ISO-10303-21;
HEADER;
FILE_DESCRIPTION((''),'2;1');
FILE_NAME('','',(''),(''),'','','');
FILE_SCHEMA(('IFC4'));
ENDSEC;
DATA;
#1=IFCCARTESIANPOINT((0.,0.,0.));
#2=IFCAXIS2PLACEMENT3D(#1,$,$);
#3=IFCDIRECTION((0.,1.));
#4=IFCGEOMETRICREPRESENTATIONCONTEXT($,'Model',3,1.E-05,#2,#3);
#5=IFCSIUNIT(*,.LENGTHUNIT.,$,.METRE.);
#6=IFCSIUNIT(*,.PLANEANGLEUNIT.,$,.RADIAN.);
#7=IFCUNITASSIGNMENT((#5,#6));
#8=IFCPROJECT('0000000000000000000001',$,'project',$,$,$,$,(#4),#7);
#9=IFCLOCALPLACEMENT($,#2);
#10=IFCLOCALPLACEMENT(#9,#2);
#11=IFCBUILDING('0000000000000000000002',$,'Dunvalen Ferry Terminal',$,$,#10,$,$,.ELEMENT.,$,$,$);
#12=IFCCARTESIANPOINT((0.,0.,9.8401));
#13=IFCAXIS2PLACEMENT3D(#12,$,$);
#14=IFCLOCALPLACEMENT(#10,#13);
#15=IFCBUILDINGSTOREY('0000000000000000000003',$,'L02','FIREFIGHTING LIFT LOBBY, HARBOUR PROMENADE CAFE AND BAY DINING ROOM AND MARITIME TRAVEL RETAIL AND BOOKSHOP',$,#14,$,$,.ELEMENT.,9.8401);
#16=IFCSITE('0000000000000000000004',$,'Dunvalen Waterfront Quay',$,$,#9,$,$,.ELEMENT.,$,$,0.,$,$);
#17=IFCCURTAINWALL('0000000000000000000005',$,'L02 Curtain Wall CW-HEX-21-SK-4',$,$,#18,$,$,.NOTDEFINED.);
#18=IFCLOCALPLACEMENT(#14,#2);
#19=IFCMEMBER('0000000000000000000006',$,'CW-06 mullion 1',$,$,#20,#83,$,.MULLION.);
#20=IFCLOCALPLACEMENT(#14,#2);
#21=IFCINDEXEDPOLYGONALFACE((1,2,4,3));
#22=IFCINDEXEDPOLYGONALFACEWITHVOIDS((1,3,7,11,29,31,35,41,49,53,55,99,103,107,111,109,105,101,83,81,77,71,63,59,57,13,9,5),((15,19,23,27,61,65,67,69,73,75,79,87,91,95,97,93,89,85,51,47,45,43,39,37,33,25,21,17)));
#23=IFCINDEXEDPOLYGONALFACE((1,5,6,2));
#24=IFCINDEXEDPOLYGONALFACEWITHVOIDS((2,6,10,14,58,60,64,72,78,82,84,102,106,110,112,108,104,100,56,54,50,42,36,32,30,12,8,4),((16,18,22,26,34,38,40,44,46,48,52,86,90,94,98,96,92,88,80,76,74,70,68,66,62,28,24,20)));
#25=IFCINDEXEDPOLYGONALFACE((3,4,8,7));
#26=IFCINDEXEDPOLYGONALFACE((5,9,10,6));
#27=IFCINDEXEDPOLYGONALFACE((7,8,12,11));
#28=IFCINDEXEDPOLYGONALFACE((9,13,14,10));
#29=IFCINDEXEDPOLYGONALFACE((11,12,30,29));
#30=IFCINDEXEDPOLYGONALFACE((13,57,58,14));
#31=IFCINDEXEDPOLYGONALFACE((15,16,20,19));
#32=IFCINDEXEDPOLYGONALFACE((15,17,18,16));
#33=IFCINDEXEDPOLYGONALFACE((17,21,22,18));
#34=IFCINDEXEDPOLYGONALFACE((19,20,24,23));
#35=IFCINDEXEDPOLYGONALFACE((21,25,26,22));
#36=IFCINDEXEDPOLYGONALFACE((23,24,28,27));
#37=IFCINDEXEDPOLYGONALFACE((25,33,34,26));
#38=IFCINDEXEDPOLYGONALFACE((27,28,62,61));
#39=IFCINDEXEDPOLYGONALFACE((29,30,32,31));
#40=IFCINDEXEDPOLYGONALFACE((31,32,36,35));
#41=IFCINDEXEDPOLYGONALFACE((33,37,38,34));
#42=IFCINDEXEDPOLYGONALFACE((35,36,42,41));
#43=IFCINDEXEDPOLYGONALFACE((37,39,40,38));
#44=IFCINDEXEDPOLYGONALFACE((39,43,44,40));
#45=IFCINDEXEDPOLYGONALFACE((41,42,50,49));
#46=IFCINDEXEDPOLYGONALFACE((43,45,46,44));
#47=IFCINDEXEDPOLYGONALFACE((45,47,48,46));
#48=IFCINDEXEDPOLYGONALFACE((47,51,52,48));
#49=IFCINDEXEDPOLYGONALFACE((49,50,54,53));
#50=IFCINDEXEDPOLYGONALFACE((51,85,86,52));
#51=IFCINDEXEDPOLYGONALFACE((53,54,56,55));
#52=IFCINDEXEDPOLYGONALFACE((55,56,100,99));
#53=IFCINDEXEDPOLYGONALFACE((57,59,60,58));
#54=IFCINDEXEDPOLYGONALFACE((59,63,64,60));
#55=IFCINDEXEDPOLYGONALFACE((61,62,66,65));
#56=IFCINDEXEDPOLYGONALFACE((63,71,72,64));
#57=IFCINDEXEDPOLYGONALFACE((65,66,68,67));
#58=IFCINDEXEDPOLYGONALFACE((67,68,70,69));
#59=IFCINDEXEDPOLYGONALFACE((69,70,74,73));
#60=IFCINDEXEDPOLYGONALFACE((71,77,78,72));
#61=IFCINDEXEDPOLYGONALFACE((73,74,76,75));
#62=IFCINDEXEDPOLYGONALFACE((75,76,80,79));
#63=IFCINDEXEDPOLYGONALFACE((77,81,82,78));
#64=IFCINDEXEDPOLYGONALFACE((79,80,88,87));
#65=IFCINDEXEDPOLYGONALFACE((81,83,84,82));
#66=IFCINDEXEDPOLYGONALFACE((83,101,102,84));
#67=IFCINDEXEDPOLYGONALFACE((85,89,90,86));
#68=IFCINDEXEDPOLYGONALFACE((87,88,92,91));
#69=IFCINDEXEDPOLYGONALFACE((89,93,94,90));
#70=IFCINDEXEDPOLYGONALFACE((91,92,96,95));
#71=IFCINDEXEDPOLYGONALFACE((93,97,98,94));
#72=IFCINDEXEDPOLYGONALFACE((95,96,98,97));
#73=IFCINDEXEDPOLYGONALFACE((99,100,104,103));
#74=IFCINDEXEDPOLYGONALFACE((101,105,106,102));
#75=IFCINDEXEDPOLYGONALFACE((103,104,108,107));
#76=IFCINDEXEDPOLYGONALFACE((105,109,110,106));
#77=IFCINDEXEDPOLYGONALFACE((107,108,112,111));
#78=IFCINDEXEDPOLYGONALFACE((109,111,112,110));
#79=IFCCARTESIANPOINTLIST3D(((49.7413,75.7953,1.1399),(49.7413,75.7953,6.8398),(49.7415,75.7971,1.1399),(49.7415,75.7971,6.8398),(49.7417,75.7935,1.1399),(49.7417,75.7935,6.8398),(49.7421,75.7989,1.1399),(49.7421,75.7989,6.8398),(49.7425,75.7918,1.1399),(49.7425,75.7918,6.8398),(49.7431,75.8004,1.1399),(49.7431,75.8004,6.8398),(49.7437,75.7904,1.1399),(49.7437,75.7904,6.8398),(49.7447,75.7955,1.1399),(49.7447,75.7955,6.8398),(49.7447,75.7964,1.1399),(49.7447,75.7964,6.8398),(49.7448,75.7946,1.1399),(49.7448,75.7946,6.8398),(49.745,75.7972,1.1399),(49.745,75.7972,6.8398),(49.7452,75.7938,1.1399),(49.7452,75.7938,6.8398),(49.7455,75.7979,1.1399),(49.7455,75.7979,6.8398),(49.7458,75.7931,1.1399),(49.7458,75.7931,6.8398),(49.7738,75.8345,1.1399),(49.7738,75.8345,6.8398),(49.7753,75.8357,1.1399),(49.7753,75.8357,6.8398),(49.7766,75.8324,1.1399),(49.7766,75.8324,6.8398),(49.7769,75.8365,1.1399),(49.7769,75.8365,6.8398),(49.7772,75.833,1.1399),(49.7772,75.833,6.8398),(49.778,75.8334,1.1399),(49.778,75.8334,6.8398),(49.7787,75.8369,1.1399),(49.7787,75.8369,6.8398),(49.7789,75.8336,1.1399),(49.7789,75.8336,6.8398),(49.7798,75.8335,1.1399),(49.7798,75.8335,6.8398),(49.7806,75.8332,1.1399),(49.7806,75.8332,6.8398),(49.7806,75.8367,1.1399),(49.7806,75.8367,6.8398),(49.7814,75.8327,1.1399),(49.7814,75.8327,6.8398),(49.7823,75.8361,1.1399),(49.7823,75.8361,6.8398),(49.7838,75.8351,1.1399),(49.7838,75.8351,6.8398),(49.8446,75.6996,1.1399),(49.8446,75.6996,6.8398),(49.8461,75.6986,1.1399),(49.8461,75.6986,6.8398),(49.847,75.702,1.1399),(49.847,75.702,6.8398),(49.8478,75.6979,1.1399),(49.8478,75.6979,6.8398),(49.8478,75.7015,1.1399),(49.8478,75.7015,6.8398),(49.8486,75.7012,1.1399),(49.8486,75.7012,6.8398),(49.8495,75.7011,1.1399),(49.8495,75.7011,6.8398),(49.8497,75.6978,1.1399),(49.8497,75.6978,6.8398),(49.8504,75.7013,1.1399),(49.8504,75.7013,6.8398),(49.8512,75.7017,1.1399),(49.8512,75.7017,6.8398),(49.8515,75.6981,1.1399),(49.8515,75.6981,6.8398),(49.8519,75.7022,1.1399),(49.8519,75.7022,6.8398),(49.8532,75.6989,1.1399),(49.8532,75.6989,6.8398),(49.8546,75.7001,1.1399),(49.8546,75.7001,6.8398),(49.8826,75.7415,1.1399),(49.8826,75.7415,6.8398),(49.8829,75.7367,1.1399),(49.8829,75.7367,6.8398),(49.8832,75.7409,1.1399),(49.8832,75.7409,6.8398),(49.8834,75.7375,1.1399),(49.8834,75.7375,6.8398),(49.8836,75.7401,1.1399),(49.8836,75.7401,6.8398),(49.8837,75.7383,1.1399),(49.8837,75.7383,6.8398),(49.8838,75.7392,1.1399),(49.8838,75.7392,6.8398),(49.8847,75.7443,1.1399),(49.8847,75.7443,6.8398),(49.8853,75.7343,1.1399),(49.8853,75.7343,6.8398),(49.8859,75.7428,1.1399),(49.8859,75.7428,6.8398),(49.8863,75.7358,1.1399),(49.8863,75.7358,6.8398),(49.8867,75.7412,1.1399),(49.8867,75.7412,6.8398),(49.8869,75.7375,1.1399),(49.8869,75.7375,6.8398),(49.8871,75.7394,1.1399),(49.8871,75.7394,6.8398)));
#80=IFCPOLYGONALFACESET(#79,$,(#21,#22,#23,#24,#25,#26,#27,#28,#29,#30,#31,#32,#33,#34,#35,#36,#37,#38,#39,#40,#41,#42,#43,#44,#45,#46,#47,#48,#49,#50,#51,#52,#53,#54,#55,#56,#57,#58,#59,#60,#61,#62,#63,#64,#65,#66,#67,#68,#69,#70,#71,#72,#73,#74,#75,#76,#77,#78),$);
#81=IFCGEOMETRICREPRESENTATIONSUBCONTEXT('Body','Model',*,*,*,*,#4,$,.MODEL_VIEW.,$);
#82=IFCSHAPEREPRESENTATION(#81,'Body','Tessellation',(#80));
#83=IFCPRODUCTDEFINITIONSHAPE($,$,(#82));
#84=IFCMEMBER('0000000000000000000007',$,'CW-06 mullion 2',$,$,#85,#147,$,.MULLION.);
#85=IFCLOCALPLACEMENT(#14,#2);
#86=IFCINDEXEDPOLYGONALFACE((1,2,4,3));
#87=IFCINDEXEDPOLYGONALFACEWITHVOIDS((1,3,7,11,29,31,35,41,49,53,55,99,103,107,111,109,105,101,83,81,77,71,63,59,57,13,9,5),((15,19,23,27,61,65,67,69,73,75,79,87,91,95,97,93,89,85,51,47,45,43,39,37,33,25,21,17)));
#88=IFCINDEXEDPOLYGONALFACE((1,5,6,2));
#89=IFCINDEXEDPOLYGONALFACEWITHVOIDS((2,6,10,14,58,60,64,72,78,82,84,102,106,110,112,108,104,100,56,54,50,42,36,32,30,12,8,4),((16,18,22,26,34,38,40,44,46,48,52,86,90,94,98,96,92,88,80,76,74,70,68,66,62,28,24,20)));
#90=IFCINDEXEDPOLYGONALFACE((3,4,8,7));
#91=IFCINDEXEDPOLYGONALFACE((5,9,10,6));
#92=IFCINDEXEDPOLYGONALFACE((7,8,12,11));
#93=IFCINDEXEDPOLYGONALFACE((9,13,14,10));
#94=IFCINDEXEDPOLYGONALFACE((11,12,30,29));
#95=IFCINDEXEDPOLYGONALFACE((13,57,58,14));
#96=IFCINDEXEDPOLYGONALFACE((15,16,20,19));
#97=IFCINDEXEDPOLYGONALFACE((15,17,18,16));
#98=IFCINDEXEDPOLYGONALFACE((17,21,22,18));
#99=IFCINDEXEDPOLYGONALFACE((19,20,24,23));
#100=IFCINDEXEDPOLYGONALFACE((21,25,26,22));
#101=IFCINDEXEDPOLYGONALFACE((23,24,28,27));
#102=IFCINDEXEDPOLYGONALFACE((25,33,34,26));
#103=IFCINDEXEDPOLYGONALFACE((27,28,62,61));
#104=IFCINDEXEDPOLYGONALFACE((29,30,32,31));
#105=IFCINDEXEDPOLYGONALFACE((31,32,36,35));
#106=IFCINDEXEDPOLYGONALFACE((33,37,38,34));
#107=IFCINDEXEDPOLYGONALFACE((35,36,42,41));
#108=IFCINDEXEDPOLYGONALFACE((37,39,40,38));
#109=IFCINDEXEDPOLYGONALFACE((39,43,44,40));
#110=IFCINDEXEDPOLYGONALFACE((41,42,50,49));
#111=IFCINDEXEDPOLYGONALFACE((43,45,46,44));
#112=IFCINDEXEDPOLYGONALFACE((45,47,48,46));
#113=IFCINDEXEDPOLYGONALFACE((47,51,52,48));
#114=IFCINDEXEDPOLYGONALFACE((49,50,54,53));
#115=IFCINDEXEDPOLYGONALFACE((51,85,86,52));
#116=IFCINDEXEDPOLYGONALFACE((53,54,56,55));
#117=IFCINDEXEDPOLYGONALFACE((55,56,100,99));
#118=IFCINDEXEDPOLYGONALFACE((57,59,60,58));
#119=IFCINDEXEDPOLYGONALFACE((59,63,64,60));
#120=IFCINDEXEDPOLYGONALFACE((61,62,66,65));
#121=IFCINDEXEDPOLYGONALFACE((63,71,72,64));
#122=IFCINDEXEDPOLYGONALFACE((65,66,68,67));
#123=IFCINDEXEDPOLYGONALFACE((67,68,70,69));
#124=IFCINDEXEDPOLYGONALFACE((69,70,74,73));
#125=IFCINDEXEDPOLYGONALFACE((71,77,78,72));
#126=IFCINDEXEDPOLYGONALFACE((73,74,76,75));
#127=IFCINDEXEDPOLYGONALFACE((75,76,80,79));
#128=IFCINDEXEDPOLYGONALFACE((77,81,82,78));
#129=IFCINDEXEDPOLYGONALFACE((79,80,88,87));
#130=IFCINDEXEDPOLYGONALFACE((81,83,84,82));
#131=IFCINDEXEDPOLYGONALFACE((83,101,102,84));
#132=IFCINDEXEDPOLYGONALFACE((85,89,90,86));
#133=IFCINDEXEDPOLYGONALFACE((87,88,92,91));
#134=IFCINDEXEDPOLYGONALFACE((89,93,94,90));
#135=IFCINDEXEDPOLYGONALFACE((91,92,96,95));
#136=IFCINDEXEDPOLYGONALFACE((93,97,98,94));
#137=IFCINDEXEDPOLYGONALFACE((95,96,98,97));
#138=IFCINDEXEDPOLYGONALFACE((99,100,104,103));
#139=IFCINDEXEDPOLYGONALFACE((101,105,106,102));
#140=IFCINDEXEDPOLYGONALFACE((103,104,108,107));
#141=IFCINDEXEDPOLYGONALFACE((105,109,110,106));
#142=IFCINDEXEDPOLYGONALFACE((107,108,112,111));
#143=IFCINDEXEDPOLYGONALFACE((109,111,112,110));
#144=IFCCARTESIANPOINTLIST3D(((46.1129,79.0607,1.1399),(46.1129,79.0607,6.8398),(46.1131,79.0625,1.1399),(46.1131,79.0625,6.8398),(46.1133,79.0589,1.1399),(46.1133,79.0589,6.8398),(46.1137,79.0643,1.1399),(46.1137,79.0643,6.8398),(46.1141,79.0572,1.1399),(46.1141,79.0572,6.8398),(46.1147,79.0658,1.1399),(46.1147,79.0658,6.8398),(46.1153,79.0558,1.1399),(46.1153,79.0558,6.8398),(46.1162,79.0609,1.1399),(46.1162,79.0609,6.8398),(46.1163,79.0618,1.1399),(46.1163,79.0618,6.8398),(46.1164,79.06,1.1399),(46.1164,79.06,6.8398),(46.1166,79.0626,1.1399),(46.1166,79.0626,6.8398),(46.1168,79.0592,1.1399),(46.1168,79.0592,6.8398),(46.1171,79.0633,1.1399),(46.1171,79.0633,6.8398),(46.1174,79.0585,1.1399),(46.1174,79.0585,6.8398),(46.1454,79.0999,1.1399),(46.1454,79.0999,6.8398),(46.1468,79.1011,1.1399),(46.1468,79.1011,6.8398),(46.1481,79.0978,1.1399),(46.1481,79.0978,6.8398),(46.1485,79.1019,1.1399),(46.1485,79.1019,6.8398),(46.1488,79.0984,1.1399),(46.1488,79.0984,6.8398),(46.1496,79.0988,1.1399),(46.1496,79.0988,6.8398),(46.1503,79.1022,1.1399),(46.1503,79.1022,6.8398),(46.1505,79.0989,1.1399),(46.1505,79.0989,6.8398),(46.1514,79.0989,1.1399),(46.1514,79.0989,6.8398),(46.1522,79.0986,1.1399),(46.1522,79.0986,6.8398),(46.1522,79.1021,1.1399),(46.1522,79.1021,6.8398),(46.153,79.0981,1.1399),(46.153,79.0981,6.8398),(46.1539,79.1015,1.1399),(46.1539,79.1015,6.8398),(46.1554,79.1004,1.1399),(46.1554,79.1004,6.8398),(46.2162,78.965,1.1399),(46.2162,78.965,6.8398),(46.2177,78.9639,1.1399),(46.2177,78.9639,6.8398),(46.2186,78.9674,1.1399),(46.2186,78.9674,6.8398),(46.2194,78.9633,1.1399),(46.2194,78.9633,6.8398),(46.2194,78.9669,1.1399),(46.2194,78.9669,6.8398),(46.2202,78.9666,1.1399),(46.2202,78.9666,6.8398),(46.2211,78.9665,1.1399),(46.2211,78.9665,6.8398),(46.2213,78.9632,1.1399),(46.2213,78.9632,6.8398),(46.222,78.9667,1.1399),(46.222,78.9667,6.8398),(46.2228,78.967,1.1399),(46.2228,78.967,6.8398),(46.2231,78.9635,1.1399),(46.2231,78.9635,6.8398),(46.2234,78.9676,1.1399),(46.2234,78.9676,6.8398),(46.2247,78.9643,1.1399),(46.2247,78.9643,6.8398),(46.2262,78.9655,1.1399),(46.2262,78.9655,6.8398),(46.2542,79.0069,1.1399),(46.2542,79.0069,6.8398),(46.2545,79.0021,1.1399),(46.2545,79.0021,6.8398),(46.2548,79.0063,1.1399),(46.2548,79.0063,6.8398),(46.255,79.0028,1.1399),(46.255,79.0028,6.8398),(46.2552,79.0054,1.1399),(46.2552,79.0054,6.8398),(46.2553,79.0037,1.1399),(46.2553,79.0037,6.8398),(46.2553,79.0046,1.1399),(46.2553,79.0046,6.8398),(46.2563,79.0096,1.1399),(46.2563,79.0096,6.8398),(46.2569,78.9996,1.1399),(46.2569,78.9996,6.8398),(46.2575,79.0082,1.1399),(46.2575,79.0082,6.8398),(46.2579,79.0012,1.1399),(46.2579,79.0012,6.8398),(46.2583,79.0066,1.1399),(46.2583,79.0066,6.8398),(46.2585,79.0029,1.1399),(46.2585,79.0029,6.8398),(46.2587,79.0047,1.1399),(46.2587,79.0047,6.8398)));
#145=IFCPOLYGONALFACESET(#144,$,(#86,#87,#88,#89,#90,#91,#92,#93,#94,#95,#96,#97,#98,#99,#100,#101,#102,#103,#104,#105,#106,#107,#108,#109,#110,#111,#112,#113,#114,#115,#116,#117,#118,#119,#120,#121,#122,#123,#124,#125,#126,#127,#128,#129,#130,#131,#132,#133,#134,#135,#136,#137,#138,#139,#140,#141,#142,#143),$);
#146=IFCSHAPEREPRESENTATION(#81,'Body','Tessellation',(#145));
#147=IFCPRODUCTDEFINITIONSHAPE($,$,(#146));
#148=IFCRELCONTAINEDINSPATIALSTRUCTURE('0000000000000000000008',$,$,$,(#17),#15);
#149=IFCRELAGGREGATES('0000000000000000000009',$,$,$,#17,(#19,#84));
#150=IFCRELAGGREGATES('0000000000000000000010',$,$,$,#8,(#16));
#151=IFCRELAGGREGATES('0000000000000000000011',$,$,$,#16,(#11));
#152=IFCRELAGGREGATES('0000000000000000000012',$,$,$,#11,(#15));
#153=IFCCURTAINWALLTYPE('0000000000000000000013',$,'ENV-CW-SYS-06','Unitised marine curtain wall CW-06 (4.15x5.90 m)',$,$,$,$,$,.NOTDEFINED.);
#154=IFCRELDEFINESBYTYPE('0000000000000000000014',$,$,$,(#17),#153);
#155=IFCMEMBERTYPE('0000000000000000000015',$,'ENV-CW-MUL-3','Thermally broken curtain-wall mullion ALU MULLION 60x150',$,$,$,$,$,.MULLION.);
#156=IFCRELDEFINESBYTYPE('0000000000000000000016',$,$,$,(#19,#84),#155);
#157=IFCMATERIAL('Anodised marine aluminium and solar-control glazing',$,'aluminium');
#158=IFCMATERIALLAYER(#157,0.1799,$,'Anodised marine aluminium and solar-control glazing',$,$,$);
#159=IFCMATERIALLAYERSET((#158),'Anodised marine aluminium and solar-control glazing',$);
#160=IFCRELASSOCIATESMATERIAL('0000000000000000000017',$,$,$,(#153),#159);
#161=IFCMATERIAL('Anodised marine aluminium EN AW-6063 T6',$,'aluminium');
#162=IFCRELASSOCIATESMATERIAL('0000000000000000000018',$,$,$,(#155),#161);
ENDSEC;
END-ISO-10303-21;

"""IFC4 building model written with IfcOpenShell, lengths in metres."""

from ifc_helpers import new_model, si_unit, direction, frame, origin, origin_2d, place, context, subcontext, project, spatial, hollow_rectangle, extrude, material, layer, layer_set, material_profile, profile_set, type_object, element, aggregate, save


model = new_model("IFC4")

# Units and contexts
model_context = context("Model", 3, precision=1e-05, world=origin(), true_north=direction((0.0, 1.0)))
body_context = subcontext(model_context, "Body", "Model", "MODEL_VIEW")
ifc_project = project(units=[si_unit("LENGTHUNIT", "METRE"), si_unit("PLANEANGLEUNIT", "RADIAN")], contexts=[model_context])

# Site, building, storey
site_placement = place(None, origin())
site = spatial("IfcSite", under=ifc_project, at=site_placement, Name="Dunvalen Waterfront Quay", CompositionType="ELEMENT", RefElevation=0.0)
building_placement = place(site_placement, origin())
building = spatial("IfcBuilding", under=site, at=building_placement, Name="Dunvalen Ferry Terminal", CompositionType="ELEMENT")
storey_placement = place(building_placement, frame((0.0, 0.0, 9.8401)))
storey = spatial("IfcBuildingStorey", under=building, at=storey_placement, Name="L02", Description="FIREFIGHTING LIFT LOBBY, HARBOUR PROMENADE CAFE AND BAY DINING ROOM AND MARITIME TRAVEL RETAIL AND BOOKSHOP", CompositionType="ELEMENT", Elevation=9.8401)

# Curtain wall, members
ifc_material_1 = material(Name="Anodised marine aluminium and solar-control glazing", Category="aluminium")
ifc_layer_1 = layer(ifc_material_1, 0.1799, Name="Anodised marine aluminium and solar-control glazing")
ifc_layer_set_1 = layer_set([ifc_layer_1], Name="Anodised marine aluminium and solar-control glazing")
curtain_wall_type = type_object("IfcCurtainWallType", Name="ENV-CW-SYS-06", Description="Unitised marine curtain wall CW-06 (4.15x5.90 m)", PredefinedType="NOTDEFINED", material=ifc_layer_set_1)
curtain_wall_placement = place(storey_placement, origin())
curtain_wall = element("IfcCurtainWall", 1, at=curtain_wall_placement, inside=storey, type_object=curtain_wall_type, Name="L02 Curtain Wall CW-HEX-21-SK-4", PredefinedType="NOTDEFINED")
ifc_material_2 = material(Name="Anodised marine aluminium EN AW-6063 T6", Category="aluminium")
ifc_material_profile_1 = material_profile(ifc_material_2, hollow_rectangle(XDim=0.0601, YDim=0.1499, WallThickness=0.0034, InnerFilletRadius=0.0034, OuterFilletRadius=0.0071, at=origin_2d()), Name="Anodised marine aluminium EN AW-6063 T6")
ifc_profile_set_1 = profile_set([ifc_material_profile_1], Name="Anodised marine aluminium EN AW-6063 T6")
member_type_1 = type_object("IfcMemberType", Name="ENV-CW-MUL-3", Description="Thermally broken curtain-wall mullion ALU MULLION 60x150", PredefinedType="MULLION", material=ifc_profile_set_1)
member_1_placement = place(storey_placement, frame((49.8142, 75.7673, 1.1399), z_axis=(0.0, 0.0, 1.0), x_axis=(-0.668954, -0.743304, 0.0)))
member_1 = element("IfcMember", 2, at=member_1_placement, type_object=member_type_1, Name="CW-06 mullion 1", PredefinedType="MULLION", context=body_context, shape_type="SweptSolid", body=[
    extrude(hollow_rectangle(XDim=0.0601, YDim=0.1499, WallThickness=0.0034, InnerFilletRadius=0.0034, OuterFilletRadius=0.0071, at=origin_2d()), origin(), (0.0, 0.0, 1.0), 5.7),
])
member_2_placement = place(storey_placement, frame((46.1858, 79.0327, 1.1399), z_axis=(0.0, 0.0, 1.0), x_axis=(-0.668954, -0.743304, 0.0)))
member_2 = element("IfcMember", 3, at=member_2_placement, type_object=member_type_1, Name="CW-06 mullion 2", PredefinedType="MULLION", context=body_context, shape_type="SweptSolid", body=[
    extrude(hollow_rectangle(XDim=0.0601, YDim=0.1499, WallThickness=0.0034, InnerFilletRadius=0.0034, OuterFilletRadius=0.0071, at=origin_2d()), origin(), (0.0, 0.0, 1.0), 5.7),
])

aggregate(curtain_wall, [member_1, member_2])

save(model, "model.ifc")
